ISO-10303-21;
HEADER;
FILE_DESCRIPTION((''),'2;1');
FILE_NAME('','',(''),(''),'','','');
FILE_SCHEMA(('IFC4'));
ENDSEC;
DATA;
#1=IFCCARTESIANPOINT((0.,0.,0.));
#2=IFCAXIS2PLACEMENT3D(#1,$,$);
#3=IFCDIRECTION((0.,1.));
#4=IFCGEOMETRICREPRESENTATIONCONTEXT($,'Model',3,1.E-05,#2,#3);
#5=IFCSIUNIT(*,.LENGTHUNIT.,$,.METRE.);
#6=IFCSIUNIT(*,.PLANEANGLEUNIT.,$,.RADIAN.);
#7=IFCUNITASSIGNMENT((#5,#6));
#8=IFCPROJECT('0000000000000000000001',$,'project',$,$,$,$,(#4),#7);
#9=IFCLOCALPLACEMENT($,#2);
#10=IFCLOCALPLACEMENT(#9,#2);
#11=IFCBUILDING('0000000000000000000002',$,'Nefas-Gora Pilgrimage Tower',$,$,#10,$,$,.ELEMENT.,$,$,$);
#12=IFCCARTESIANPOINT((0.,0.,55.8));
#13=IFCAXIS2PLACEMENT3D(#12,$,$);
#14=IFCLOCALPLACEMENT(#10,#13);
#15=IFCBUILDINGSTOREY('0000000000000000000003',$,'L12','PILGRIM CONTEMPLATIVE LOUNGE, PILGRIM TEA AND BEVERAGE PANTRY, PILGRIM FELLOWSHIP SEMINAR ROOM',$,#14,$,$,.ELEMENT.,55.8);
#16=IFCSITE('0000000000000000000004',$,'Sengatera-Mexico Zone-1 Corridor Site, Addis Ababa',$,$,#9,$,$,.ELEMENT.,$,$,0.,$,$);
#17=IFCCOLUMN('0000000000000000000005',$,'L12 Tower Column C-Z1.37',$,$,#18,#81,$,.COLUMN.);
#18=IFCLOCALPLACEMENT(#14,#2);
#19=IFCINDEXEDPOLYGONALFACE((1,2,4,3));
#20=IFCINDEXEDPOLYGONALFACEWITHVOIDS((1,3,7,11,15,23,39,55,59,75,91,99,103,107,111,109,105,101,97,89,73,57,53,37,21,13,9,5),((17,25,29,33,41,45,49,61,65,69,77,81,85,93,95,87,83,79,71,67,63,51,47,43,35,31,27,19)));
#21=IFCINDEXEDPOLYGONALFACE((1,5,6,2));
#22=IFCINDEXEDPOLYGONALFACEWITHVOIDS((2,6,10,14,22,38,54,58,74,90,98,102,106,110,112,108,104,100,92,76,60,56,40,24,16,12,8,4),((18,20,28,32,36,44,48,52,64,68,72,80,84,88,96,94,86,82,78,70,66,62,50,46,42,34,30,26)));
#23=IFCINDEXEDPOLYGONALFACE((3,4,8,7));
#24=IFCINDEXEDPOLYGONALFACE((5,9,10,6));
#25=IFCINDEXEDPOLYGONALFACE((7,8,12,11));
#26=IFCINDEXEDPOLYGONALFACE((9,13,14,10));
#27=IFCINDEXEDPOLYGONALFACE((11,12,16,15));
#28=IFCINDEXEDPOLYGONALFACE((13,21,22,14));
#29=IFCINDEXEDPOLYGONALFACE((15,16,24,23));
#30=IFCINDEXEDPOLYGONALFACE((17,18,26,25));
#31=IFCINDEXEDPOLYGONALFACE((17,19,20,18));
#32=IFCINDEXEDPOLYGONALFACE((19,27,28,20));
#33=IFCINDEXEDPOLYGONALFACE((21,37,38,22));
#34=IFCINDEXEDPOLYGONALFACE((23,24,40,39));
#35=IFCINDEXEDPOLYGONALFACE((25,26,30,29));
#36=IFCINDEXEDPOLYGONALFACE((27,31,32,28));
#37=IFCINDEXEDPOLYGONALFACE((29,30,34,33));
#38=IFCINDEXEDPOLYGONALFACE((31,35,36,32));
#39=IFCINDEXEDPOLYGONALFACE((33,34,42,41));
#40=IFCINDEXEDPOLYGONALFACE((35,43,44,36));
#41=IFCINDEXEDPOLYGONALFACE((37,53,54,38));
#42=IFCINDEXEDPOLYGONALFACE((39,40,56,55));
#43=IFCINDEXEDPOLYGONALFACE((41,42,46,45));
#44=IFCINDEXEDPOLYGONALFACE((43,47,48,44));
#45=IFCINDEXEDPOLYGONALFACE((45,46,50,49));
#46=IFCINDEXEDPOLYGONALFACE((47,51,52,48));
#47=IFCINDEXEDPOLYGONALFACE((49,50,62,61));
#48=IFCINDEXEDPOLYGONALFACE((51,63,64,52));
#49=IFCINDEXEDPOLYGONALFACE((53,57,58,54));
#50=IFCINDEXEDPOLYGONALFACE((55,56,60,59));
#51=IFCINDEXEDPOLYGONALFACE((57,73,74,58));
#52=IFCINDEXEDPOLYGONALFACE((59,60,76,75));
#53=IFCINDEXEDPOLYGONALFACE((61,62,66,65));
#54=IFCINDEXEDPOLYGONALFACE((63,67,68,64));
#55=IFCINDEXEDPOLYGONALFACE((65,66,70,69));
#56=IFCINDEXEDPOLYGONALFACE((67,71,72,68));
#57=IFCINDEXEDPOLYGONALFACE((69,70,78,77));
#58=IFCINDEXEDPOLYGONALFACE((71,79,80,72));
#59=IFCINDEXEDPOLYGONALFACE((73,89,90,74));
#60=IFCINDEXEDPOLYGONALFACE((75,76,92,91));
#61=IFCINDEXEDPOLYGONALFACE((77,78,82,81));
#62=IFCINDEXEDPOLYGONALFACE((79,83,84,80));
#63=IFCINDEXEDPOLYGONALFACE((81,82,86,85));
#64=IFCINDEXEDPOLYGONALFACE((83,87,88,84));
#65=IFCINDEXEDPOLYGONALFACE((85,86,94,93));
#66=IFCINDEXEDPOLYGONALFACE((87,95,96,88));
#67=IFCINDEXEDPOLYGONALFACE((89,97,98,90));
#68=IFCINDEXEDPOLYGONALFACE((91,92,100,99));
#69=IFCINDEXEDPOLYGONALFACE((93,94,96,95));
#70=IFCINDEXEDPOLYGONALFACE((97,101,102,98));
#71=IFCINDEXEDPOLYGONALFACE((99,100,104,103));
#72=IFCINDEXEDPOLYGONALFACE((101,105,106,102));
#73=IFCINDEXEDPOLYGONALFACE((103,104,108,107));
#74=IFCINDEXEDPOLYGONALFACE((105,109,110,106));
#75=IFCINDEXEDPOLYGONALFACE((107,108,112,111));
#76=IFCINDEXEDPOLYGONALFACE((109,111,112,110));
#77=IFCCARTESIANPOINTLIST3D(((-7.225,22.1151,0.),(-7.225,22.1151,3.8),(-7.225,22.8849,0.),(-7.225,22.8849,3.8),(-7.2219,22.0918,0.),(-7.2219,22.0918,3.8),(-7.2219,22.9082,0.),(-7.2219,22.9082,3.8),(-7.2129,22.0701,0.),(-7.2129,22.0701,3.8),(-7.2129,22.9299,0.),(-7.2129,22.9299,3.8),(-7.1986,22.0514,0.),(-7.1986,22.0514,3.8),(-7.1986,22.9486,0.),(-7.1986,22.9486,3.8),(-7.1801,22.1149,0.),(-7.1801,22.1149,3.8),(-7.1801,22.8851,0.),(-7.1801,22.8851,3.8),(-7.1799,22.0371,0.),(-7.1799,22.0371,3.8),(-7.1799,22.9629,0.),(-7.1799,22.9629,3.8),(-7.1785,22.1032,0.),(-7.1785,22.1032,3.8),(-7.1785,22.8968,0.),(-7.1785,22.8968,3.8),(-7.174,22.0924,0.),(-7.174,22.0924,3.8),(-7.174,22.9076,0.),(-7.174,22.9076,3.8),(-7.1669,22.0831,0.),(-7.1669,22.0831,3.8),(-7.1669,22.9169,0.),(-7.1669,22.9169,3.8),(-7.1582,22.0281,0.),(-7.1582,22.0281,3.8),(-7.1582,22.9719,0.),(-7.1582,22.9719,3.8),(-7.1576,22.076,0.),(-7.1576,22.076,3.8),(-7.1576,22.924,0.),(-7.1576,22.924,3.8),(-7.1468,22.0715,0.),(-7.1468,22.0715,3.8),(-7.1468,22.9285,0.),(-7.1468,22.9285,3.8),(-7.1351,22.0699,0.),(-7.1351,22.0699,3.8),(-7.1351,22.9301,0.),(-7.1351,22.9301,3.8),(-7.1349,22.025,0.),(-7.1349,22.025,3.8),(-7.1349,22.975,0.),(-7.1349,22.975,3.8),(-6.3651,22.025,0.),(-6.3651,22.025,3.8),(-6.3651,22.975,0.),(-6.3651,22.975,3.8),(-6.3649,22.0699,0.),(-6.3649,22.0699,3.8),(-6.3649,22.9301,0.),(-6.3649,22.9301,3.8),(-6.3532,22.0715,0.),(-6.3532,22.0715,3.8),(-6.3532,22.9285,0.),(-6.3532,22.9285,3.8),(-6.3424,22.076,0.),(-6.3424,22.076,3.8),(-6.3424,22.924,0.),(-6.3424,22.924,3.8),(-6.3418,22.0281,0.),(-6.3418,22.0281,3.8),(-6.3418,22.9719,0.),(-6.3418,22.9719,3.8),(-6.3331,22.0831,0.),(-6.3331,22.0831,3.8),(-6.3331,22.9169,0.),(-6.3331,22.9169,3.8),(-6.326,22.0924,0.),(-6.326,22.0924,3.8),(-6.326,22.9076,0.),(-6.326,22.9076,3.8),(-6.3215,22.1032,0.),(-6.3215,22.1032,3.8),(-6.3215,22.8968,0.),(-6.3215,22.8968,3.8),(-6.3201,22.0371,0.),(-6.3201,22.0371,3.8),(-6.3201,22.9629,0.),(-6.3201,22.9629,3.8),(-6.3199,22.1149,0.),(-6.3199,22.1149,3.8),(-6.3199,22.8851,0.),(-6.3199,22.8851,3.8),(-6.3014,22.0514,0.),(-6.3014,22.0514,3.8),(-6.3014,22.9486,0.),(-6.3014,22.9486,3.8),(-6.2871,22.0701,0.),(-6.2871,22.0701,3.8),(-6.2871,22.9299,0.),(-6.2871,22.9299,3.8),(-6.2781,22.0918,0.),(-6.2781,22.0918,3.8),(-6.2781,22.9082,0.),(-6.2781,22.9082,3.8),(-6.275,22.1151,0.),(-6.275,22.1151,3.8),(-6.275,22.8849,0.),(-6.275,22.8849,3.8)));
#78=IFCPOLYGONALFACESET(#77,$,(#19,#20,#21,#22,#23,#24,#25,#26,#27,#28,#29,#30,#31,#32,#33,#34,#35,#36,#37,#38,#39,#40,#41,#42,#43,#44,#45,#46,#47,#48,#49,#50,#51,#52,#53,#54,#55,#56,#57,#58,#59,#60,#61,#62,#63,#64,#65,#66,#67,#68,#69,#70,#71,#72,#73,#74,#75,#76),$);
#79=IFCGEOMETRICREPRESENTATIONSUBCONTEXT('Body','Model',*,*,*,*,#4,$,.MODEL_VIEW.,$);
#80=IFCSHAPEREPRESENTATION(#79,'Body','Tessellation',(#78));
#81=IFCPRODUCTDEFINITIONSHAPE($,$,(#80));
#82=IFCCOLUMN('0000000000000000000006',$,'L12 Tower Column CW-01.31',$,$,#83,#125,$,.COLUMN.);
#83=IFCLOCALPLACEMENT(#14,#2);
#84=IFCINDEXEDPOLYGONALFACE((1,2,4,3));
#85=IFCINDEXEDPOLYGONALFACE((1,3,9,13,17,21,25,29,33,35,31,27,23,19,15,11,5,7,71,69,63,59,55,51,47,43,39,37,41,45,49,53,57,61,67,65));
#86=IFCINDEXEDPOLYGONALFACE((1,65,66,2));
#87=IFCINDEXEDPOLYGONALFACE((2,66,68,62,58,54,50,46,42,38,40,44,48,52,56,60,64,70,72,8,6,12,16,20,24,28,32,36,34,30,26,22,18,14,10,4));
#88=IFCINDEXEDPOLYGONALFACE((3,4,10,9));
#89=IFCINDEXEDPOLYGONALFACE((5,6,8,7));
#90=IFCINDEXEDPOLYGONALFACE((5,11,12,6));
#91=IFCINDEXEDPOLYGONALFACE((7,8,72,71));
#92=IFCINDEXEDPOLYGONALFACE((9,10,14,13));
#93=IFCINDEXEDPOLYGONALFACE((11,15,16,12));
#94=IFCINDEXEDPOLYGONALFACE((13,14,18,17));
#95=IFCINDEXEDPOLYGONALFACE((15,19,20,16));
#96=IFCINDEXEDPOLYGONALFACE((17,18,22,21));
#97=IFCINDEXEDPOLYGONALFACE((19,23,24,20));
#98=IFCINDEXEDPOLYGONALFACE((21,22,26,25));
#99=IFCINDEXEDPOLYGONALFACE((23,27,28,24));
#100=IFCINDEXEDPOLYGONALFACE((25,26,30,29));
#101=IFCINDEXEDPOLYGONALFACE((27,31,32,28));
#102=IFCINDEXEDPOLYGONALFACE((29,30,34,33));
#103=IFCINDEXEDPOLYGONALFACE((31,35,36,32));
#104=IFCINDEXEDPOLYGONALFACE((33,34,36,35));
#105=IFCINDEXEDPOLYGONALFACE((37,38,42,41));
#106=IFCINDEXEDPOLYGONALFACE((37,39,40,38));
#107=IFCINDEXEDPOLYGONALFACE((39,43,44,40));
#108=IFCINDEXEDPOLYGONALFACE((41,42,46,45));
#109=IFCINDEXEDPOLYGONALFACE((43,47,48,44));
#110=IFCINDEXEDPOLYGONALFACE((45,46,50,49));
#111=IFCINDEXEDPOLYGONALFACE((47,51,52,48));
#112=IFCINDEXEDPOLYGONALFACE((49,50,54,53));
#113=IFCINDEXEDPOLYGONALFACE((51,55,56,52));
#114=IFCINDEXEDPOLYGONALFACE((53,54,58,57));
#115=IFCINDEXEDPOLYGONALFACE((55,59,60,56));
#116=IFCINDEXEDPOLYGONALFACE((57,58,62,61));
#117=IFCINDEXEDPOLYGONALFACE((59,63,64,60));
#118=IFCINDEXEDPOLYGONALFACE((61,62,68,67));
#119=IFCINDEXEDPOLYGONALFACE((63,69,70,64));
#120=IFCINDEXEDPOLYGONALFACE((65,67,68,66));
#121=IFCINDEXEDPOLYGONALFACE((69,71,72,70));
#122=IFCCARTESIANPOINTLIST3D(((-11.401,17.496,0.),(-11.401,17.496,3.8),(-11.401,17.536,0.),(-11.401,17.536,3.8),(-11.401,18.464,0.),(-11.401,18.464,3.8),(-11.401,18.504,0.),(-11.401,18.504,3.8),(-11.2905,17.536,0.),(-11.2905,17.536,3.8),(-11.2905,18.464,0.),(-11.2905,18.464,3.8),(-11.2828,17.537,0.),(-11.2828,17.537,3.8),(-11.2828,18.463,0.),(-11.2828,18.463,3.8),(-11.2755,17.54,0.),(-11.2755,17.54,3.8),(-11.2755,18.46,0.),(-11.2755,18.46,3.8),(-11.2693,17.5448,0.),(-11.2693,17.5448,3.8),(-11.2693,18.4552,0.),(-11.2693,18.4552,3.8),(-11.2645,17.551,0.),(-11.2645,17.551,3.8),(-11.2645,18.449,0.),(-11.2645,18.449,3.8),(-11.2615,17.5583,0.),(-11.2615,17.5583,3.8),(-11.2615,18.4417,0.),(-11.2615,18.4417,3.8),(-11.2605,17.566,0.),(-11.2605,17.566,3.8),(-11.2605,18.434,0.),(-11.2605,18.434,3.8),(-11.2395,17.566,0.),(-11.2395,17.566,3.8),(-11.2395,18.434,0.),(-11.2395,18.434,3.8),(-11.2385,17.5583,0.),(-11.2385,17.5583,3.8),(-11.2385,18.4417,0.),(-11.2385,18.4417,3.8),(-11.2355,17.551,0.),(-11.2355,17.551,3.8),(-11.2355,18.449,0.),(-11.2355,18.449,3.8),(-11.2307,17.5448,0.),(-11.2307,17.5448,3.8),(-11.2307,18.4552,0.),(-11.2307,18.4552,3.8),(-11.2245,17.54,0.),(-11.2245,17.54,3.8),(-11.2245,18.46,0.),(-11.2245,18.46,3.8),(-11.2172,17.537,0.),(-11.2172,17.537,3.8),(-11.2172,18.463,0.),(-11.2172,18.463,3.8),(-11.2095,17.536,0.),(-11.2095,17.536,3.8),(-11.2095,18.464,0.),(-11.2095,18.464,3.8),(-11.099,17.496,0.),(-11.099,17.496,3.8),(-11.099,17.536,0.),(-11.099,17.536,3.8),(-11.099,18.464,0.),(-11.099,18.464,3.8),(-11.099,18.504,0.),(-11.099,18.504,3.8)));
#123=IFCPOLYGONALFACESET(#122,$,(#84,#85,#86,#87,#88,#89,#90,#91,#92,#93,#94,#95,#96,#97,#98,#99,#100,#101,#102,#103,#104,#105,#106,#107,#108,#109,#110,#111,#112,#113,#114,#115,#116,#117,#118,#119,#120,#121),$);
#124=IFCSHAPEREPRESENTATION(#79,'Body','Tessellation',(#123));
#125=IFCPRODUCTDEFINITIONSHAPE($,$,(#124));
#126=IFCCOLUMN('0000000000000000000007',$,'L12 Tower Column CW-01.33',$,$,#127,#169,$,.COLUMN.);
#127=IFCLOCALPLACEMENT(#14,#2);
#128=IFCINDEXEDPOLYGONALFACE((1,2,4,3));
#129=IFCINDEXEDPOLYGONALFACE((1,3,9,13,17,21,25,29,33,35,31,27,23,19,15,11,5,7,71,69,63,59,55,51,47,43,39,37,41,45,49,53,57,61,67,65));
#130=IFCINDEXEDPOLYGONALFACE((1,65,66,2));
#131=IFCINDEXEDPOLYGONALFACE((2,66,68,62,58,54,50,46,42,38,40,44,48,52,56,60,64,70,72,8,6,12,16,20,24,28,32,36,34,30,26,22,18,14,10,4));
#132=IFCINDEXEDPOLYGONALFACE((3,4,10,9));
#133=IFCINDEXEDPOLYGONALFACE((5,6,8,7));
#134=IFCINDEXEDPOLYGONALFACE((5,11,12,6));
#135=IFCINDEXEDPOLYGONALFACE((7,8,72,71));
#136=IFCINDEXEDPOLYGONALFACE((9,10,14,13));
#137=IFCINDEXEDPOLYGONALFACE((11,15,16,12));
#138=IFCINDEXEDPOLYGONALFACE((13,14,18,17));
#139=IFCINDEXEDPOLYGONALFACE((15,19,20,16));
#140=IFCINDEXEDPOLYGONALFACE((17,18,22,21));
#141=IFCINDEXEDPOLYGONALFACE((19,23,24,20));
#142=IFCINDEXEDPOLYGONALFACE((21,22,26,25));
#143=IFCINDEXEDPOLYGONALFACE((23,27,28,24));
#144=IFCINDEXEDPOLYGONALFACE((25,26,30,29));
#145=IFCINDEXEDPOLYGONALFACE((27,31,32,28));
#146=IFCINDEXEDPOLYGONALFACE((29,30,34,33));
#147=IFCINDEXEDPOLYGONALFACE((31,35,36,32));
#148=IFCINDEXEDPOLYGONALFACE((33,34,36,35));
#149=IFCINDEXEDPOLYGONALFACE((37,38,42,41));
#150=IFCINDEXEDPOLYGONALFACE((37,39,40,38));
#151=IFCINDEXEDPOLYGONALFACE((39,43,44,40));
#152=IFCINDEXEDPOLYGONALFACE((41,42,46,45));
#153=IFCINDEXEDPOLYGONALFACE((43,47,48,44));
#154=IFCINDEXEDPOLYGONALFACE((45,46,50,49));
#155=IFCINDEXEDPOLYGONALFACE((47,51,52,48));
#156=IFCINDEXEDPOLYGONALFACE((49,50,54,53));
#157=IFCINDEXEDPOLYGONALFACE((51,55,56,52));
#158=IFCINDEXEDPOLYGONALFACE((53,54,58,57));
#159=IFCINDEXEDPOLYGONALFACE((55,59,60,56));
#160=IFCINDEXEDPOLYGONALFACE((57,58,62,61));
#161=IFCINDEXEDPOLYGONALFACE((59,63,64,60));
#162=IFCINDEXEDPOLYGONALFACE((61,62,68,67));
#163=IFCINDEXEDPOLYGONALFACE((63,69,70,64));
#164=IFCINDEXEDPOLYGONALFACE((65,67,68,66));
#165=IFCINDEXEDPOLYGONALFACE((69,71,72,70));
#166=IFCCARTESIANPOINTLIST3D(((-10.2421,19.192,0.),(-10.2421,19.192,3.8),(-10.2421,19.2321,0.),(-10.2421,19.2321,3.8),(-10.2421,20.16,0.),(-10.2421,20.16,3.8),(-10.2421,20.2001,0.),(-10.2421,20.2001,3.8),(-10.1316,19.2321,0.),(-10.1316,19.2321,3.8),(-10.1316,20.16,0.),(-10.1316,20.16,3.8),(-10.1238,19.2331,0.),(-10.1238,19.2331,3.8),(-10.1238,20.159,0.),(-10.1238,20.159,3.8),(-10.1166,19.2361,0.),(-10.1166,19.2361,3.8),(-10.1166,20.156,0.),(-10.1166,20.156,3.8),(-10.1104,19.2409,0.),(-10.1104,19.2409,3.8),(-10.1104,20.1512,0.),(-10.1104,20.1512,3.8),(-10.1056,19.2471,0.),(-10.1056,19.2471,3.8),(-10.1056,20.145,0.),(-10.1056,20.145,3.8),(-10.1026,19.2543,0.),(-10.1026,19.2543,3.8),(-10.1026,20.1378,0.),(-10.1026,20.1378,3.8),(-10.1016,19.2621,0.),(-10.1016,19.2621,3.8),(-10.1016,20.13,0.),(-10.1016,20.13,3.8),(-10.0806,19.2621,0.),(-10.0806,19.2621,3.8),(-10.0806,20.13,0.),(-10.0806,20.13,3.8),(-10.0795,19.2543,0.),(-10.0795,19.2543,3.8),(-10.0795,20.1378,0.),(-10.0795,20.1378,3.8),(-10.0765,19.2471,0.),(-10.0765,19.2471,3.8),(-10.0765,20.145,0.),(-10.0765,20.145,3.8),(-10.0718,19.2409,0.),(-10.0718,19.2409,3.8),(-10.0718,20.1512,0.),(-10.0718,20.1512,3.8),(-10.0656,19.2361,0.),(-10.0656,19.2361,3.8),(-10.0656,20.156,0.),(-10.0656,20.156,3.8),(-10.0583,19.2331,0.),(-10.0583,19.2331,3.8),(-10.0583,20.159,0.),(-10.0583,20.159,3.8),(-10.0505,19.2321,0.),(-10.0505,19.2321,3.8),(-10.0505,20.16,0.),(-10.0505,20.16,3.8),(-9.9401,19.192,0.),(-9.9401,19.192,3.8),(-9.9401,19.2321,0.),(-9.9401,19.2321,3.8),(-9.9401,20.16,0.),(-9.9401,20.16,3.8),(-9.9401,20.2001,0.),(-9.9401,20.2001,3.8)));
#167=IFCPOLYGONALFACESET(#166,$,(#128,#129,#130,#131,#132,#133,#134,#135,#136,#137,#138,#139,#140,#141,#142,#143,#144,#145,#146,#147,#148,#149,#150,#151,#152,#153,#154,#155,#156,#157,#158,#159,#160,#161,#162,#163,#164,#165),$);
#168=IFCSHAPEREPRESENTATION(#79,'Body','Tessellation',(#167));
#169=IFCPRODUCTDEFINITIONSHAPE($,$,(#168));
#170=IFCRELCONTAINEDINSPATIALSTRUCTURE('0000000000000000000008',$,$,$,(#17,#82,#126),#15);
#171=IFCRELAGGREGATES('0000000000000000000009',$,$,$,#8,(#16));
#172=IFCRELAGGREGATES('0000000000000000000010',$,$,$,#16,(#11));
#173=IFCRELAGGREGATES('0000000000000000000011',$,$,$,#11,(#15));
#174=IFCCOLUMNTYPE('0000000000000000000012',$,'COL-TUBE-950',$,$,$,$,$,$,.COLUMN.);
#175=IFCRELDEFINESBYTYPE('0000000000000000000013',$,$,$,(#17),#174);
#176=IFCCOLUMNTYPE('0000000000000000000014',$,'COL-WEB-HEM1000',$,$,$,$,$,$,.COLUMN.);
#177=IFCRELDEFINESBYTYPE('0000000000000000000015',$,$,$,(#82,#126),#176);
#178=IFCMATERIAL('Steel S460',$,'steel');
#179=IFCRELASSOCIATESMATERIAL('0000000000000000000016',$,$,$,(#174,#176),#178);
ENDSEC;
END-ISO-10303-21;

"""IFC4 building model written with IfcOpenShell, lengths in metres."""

from ifc_helpers import new_model, si_unit, direction, frame, origin, origin_2d, place, context, subcontext, project, spatial, hollow_rectangle, i_section, extrude, source, transform, mapped, material, material_profile, profile_set, type_object, element, save


model = new_model("IFC4")

# Units and contexts
model_context = context("Model", 3, precision=1e-05, world=origin(), true_north=direction((0.0, 1.0)))
body_context = subcontext(model_context, "Body", "Model", "MODEL_VIEW")
ifc_project = project(units=[si_unit("LENGTHUNIT", "METRE"), si_unit("PLANEANGLEUNIT", "RADIAN")], contexts=[model_context])

# Site, building, storey
site_placement = place(None, origin())
site = spatial("IfcSite", under=ifc_project, at=site_placement, Name="Sengatera-Mexico Zone-1 Corridor Site, Addis Ababa", CompositionType="ELEMENT", RefElevation=0.0)
building_placement = place(site_placement, origin())
building = spatial("IfcBuilding", under=site, at=building_placement, Name="Nefas-Gora Pilgrimage Tower", CompositionType="ELEMENT")
storey_placement = place(building_placement, frame((0.0, 0.0, 55.8)))
storey = spatial("IfcBuildingStorey", under=building, at=storey_placement, Name="L12", Description="PILGRIM CONTEMPLATIVE LOUNGE, PILGRIM TEA AND BEVERAGE PANTRY, PILGRIM FELLOWSHIP SEMINAR ROOM", CompositionType="ELEMENT", Elevation=55.8)

# Columns
ifc_material_1 = material(Name="Steel S460", Category="steel")
ifc_material_profile_1 = material_profile(ifc_material_1, hollow_rectangle(XDim=0.95, YDim=0.95, WallThickness=0.0449, InnerFilletRadius=0.0449, OuterFilletRadius=0.0901, at=origin_2d()), Name="BOX 950x950x45")
ifc_profile_set_1 = profile_set([ifc_material_profile_1], Name="Steel S460")
column_type_1 = type_object("IfcColumnType", Name="COL-TUBE-950", PredefinedType="COLUMN", material=ifc_profile_set_1)
shared_shape_1 = source(origin(), body_context, "Body", "SweptSolid", [
    extrude(hollow_rectangle(XDim=0.95, YDim=0.95, WallThickness=0.0449, InnerFilletRadius=0.0449, OuterFilletRadius=0.0901, at=origin_2d()), origin(), (0.0, 0.0, 1.0), 3.8),
])
column_placement = place(storey_placement, frame((-6.75, 22.5, 0.0), z_axis=(0.0, 0.0, 1.0), x_axis=(1.0, 0.0, 0.0)))
element("IfcColumn", 1, at=column_placement, inside=storey, type_object=column_type_1, Name="L12 Tower Column C-Z1.37", PredefinedType="COLUMN", context=body_context, shape_type="MappedRepresentation", body=[
    mapped(shared_shape_1, transform((0.0, 0.0, 0.0), x_axis=(1.0, 0.0, 0.0), y_axis=(0.0, 1.0, 0.0), z_axis=(0.0, 0.0, 1.0), scale=1.0)),
])
ifc_material_profile_2 = material_profile(ifc_material_1, i_section(OverallWidth=0.302, OverallDepth=1.0081, WebThickness=0.021, FlangeThickness=0.04, FilletRadius=0.03, at=origin_2d()), Name="HEM 1000")
ifc_profile_set_2 = profile_set([ifc_material_profile_2], Name="Steel S460")
column_type_2 = type_object("IfcColumnType", Name="COL-WEB-HEM1000", PredefinedType="COLUMN", material=ifc_profile_set_2)
shared_shape_2 = source(origin(), body_context, "Body", "SweptSolid", [
    extrude(i_section(OverallWidth=0.302, OverallDepth=1.0081, WebThickness=0.021, FlangeThickness=0.04, FilletRadius=0.03, at=origin_2d()), origin(), (0.0, 0.0, 1.0), 3.8),
])
for number, where, z_axis, x_axis, name in (
    (2, (-11.25, 18.0, 0.0), (0.0, 0.0, 1.0), (1.0, 0.0, 0.0), "L12 Tower Column CW-01.31"),
    (3, (-10.0911, 19.696, 0.0), (0.0, 0.0, 1.0), (1.0, 0.0, 0.0), "L12 Tower Column CW-01.33"),
):
    element("IfcColumn", number, at=place(storey_placement, frame(where, z_axis=z_axis, x_axis=x_axis)), inside=storey, type_object=column_type_2, Name=name, PredefinedType="COLUMN", context=body_context, shape_type="MappedRepresentation", body=[
        mapped(shared_shape_2, transform((0.0, 0.0, 0.0), x_axis=(1.0, 0.0, 0.0), y_axis=(0.0, 1.0, 0.0), z_axis=(0.0, 0.0, 1.0), scale=1.0)),
    ])

save(model, "model.ifc")
